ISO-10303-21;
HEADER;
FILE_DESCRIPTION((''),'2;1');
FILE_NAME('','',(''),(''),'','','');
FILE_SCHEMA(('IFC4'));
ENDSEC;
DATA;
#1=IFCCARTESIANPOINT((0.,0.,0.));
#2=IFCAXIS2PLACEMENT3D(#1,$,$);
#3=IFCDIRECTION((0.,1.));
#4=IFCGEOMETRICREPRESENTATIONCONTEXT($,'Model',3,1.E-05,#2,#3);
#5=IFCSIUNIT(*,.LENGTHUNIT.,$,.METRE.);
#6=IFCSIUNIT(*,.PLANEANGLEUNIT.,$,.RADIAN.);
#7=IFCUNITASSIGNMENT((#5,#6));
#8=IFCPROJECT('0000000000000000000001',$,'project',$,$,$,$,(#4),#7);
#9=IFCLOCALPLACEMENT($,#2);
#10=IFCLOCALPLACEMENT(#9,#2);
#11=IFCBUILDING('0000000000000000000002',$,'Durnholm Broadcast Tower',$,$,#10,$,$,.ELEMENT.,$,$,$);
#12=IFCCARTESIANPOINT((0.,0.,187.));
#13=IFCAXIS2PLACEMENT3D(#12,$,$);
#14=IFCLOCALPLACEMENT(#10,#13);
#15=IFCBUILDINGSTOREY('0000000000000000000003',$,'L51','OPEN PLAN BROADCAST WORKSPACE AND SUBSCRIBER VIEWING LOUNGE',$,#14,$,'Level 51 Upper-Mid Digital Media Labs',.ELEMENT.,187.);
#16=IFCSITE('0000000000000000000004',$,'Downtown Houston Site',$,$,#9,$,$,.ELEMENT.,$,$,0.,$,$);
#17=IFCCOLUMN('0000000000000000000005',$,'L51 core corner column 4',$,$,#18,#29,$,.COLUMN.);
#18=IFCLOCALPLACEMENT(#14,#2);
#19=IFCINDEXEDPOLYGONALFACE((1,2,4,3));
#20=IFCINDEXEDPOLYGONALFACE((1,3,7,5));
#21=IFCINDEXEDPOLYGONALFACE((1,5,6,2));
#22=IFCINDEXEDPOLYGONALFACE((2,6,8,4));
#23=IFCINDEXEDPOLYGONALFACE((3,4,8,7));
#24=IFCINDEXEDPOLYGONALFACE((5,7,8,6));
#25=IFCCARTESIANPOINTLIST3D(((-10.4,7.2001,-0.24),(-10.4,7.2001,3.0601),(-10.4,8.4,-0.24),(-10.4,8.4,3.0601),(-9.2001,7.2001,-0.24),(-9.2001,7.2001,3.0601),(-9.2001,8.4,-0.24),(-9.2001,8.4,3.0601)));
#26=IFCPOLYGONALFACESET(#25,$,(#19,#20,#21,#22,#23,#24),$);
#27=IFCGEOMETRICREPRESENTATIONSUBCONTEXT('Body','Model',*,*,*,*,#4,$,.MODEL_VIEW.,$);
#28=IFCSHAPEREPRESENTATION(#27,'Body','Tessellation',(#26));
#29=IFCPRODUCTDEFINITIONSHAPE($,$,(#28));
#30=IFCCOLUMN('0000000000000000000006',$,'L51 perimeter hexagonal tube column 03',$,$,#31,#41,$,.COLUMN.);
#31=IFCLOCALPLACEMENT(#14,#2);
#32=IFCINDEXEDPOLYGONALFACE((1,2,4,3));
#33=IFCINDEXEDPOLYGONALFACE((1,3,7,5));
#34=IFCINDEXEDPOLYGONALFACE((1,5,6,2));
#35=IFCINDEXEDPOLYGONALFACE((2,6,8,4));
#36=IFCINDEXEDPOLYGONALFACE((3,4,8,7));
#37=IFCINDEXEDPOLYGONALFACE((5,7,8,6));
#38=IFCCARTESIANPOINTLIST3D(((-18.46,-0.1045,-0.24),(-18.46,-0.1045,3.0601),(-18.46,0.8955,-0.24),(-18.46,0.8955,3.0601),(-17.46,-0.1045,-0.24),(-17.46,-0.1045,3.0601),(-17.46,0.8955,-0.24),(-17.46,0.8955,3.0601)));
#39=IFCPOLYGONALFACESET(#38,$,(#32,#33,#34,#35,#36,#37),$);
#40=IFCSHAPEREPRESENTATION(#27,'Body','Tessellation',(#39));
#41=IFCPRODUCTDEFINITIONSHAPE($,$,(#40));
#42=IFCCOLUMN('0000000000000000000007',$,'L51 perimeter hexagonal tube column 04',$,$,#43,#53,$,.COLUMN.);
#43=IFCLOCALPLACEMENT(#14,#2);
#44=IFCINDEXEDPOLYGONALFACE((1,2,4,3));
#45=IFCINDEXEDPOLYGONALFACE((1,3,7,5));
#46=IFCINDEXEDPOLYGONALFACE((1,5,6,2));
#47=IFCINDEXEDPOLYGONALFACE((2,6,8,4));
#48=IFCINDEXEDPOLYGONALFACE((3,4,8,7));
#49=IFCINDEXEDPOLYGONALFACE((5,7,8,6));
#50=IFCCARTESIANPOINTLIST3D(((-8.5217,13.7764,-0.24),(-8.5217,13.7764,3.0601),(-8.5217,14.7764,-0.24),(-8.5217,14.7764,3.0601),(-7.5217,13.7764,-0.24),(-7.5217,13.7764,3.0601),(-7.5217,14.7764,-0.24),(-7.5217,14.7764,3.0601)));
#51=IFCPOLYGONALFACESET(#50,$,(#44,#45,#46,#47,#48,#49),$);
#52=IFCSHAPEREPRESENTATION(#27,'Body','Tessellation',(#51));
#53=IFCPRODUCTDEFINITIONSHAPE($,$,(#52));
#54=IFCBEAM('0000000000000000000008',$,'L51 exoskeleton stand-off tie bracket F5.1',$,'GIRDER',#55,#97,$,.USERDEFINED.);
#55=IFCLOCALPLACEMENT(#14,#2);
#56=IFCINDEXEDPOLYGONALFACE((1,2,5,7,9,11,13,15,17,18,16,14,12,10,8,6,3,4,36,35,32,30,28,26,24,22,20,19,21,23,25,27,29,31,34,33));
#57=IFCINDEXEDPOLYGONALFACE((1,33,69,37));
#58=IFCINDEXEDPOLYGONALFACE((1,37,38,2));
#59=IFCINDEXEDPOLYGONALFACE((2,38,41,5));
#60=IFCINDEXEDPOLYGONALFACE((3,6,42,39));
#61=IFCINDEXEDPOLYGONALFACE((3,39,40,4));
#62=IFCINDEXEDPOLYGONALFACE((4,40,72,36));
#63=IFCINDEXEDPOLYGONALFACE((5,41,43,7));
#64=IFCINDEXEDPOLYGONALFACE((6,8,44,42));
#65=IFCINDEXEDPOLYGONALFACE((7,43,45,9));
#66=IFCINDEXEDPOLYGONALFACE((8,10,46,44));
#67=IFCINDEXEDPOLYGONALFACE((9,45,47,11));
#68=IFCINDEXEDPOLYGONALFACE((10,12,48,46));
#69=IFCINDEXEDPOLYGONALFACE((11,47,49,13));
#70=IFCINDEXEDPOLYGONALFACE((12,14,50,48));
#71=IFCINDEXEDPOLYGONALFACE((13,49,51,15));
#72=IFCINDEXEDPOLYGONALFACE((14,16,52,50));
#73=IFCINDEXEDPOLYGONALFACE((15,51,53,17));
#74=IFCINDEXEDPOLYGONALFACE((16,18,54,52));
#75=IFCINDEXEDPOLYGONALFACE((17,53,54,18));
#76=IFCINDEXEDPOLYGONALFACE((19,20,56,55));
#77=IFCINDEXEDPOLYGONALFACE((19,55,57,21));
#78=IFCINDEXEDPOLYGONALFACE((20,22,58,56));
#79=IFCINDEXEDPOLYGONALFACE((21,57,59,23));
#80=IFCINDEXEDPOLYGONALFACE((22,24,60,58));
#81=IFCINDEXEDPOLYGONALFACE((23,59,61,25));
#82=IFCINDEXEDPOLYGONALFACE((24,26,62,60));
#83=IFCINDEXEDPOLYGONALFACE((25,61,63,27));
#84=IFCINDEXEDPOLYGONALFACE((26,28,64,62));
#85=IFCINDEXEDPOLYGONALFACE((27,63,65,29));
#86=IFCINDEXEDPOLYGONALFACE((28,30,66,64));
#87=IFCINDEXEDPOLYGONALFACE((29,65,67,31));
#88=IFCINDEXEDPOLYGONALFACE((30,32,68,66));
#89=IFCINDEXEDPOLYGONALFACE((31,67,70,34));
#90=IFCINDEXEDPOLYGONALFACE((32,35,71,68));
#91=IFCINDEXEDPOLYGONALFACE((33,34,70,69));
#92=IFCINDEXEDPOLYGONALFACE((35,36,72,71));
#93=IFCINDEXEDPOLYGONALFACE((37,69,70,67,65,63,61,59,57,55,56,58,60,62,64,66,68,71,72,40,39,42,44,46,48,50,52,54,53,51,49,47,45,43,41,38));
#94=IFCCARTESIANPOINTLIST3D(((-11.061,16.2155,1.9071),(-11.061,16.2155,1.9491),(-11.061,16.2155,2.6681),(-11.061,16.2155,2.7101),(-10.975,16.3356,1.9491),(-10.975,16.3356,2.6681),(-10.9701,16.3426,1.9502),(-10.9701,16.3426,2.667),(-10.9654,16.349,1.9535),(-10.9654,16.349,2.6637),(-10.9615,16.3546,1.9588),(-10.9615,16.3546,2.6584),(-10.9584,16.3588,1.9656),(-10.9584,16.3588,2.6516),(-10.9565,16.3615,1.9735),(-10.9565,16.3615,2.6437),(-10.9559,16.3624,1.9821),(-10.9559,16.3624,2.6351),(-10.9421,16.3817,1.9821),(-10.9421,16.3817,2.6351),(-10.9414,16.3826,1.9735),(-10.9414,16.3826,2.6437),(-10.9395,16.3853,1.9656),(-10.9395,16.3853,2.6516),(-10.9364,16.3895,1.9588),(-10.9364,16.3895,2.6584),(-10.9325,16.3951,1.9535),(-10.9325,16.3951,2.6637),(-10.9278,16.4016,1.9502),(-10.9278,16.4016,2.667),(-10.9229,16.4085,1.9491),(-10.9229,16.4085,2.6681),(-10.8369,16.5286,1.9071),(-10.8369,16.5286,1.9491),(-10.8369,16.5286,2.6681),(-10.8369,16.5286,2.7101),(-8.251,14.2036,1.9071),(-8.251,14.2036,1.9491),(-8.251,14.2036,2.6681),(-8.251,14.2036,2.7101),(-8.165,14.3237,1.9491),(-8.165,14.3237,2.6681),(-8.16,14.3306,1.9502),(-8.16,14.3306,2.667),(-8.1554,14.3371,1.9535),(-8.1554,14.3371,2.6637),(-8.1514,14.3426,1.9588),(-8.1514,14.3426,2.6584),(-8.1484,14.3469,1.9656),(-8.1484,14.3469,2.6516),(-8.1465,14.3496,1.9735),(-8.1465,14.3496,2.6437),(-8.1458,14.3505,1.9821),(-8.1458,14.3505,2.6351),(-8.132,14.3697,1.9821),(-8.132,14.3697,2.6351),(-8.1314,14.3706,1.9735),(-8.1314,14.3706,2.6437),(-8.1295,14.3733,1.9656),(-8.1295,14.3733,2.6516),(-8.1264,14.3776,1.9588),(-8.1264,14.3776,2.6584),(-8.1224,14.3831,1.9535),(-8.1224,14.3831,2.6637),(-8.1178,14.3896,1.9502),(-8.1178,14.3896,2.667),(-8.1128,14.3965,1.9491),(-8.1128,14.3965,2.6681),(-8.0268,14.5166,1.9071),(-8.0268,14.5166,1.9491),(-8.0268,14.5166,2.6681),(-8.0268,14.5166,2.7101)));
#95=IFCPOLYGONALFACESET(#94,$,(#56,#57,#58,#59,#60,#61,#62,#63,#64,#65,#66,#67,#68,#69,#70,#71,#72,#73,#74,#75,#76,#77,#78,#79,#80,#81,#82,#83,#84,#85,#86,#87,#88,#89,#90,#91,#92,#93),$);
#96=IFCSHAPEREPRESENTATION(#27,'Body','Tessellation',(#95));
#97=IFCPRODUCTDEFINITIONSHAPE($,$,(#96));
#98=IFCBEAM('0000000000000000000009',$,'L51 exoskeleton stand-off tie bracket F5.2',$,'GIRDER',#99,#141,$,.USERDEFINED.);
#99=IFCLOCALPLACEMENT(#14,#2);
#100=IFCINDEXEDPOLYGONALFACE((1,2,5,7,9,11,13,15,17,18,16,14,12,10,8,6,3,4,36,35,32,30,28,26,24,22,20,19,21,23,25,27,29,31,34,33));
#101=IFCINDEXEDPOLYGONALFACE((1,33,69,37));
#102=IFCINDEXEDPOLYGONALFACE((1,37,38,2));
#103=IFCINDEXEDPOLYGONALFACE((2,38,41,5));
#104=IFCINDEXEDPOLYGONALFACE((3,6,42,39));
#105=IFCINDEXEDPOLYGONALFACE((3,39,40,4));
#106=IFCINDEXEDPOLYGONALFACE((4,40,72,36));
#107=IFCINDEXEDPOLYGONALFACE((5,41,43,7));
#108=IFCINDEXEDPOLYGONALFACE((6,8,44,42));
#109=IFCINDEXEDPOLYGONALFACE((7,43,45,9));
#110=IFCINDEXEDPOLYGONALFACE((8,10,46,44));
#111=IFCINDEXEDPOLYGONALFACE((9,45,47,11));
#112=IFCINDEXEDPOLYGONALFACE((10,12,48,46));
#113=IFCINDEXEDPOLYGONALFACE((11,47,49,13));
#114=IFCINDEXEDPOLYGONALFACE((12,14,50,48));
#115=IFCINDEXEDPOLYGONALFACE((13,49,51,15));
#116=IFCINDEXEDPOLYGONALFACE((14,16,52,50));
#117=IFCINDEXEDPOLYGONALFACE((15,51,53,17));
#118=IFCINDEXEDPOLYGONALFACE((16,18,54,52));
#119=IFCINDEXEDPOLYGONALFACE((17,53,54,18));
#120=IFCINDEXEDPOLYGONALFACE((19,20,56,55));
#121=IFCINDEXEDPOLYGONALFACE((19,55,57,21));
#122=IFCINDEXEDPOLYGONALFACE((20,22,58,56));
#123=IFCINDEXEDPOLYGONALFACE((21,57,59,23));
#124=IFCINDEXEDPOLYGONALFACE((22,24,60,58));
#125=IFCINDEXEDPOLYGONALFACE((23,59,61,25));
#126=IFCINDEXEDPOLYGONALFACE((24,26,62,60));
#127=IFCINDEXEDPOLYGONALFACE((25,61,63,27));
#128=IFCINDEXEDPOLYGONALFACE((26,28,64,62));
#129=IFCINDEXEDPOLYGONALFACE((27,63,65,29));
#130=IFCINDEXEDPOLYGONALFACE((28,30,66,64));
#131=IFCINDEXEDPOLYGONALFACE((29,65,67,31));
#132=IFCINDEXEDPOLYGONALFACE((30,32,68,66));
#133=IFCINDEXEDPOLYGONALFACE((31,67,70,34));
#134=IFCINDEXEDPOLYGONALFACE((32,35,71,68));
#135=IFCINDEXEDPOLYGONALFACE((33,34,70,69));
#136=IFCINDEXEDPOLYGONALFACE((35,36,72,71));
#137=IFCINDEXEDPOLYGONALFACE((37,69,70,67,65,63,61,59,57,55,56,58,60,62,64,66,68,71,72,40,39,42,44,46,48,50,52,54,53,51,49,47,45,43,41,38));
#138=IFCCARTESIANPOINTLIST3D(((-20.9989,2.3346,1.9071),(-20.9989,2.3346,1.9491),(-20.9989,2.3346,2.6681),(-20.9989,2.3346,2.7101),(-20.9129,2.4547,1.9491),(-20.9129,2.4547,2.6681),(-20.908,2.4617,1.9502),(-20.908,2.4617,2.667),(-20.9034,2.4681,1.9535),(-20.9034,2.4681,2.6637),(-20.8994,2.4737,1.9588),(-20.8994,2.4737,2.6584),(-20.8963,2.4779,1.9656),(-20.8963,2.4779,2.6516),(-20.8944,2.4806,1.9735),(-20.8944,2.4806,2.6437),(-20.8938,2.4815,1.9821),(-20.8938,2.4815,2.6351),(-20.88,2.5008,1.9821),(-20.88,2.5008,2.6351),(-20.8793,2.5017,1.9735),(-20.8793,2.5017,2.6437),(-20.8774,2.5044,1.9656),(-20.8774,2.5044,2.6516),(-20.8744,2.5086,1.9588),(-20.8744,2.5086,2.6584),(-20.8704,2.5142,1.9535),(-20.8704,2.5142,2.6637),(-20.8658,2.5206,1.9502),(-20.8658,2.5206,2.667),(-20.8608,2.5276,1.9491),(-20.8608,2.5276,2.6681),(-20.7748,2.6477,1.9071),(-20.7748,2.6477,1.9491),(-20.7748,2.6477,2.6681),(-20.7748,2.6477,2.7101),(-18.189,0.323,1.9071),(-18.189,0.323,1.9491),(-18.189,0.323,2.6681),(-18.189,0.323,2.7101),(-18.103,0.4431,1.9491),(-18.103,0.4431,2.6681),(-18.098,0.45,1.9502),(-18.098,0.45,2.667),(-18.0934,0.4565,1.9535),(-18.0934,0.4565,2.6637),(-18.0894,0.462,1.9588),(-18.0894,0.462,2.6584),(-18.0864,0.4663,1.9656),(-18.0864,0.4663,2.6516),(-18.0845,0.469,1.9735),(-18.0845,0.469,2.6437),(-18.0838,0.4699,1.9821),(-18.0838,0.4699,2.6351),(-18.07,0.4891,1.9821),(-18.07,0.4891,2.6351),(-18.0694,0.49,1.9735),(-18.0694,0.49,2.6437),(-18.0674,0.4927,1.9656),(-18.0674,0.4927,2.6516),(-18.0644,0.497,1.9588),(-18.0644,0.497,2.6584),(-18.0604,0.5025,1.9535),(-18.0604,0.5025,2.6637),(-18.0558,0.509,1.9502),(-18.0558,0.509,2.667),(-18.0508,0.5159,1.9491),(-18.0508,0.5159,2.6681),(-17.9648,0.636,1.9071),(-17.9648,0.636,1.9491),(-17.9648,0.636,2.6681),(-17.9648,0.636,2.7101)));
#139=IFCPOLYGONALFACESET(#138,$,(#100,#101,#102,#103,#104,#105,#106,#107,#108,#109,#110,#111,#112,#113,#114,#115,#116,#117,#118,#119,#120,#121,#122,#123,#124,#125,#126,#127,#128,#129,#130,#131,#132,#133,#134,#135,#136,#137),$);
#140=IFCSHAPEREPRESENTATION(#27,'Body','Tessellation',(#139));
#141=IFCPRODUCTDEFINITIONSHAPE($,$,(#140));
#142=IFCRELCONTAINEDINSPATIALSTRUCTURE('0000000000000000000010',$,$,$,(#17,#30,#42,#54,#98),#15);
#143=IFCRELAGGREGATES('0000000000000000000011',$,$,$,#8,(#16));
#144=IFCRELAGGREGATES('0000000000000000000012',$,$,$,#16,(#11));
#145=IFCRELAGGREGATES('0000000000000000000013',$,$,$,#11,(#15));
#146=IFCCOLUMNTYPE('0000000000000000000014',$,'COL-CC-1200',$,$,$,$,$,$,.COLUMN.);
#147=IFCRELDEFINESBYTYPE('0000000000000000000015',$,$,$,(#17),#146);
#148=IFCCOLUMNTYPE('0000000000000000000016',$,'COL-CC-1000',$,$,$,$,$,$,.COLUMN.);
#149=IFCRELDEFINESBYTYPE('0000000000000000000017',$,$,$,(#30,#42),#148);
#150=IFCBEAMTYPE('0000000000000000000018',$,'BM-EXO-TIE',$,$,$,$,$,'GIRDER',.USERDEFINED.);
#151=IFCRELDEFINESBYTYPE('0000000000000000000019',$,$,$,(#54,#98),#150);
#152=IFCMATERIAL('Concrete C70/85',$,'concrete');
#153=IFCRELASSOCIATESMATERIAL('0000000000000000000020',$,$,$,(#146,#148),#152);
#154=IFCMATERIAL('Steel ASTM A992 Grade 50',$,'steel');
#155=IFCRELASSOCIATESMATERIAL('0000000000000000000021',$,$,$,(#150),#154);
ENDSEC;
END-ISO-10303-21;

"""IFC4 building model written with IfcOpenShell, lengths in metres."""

from ifc_helpers import new_model, si_unit, direction, frame, origin, origin_2d, place, context, subcontext, project, spatial, rectangle, i_section, extrude, source, transform, mapped, material, material_profile, profile_set, type_object, type_shapes, element, save


model = new_model("IFC4")

# Units and contexts
model_context = context("Model", 3, precision=1e-05, world=origin(), true_north=direction((0.0, 1.0)))
body_context = subcontext(model_context, "Body", "Model", "MODEL_VIEW")
ifc_project = project(units=[si_unit("LENGTHUNIT", "METRE"), si_unit("PLANEANGLEUNIT", "RADIAN")], contexts=[model_context])

# Site, building, storey
site_placement = place(None, origin())
site = spatial("IfcSite", under=ifc_project, at=site_placement, Name="Downtown Houston Site", CompositionType="ELEMENT", RefElevation=0.0)
building_placement = place(site_placement, origin())
building = spatial("IfcBuilding", under=site, at=building_placement, Name="Durnholm Broadcast Tower", CompositionType="ELEMENT")
storey_placement = place(building_placement, frame((0.0, 0.0, 187.0)))
storey = spatial("IfcBuildingStorey", under=building, at=storey_placement, Name="L51", Description="OPEN PLAN BROADCAST WORKSPACE AND SUBSCRIBER VIEWING LOUNGE", LongName="Level 51 Upper-Mid Digital Media Labs", CompositionType="ELEMENT", Elevation=187.0)

# Columns
ifc_material_1 = material(Name="Concrete C70/85", Category="concrete")
ifc_material_profile_1 = material_profile(ifc_material_1, rectangle(XDim=1.2, YDim=1.2, at=origin_2d()), Name="RC1200X1200")
ifc_profile_set_1 = profile_set([ifc_material_profile_1], Name="Concrete C70/85")
column_type_1 = type_object("IfcColumnType", Name="COL-CC-1200", PredefinedType="COLUMN", material=ifc_profile_set_1)
shared_shape_1 = source(origin(), body_context, "Body", "SweptSolid", [
    extrude(rectangle(XDim=1.2, YDim=1.2, at=origin_2d()), origin(), (0.0, 0.0, 1.0), 3.3),
])
type_shapes(column_type_1, [shared_shape_1])
column_placement = place(storey_placement, frame((-9.8, 7.8, -0.24), z_axis=(0.0, 0.0, 1.0), x_axis=(1.0, 0.0, 0.0)))
element("IfcColumn", 1, at=column_placement, inside=storey, type_object=column_type_1, Name="L51 core corner column 4", PredefinedType="COLUMN", context=body_context, shape_type="MappedRepresentation", body=[
    mapped(shared_shape_1, transform((0.0, 0.0, 0.0), x_axis=(1.0, 0.0, 0.0), y_axis=(0.0, 1.0, 0.0), z_axis=(0.0, 0.0, 1.0), scale=1.0)),
])
ifc_material_profile_2 = material_profile(ifc_material_1, rectangle(XDim=1.0, YDim=1.0, at=origin_2d()), Name="RC1000X1000")
ifc_profile_set_2 = profile_set([ifc_material_profile_2], Name="Concrete C70/85")
column_type_2 = type_object("IfcColumnType", Name="COL-CC-1000", PredefinedType="COLUMN", material=ifc_profile_set_2)
shared_shape_2 = source(origin(), body_context, "Body", "SweptSolid", [
    extrude(rectangle(XDim=1.0, YDim=1.0, at=origin_2d()), origin(), (0.0, 0.0, 1.0), 3.3),
])
type_shapes(column_type_2, [shared_shape_2])
for number, where, z_axis, x_axis, name in (
    (2, (-17.96, 0.3955, -0.24), (0.0, 0.0, 1.0), (1.0, 0.0, 0.0), "L51 perimeter hexagonal tube column 03"),
    (3, (-8.0217, 14.2764, -0.24), (0.0, 0.0, 1.0), (1.0, 0.0, 0.0), "L51 perimeter hexagonal tube column 04"),
):
    element("IfcColumn", number, at=place(storey_placement, frame(where, z_axis=z_axis, x_axis=x_axis)), inside=storey, type_object=column_type_2, Name=name, PredefinedType="COLUMN", context=body_context, shape_type="MappedRepresentation", body=[
        mapped(shared_shape_2, transform((0.0, 0.0, 0.0), x_axis=(1.0, 0.0, 0.0), y_axis=(0.0, 1.0, 0.0), z_axis=(0.0, 0.0, 1.0), scale=1.0)),
    ])

# Beams
ifc_material_2 = material(Name="Steel ASTM A992 Grade 50", Category="steel")
ifc_material_profile_3 = material_profile(ifc_material_2, i_section(OverallWidth=0.385, OverallDepth=0.803, WebThickness=0.0237, FlangeThickness=0.042, FilletRadius=0.033, at=origin_2d()), Name="W30X261")
ifc_profile_set_3 = profile_set([ifc_material_profile_3], Name="Steel ASTM A992 Grade 50")
beam_type_1 = type_object("IfcBeamType", Name="BM-EXO-TIE", ElementType="GIRDER", PredefinedType="USERDEFINED", material=ifc_profile_set_3)
shared_shape_3 = source(origin(), body_context, "Body", "SweptSolid", [
    extrude(i_section(OverallWidth=0.385, OverallDepth=0.803, WebThickness=0.0237, FlangeThickness=0.042, FilletRadius=0.033, at=origin_2d()), origin(), (0.0, 0.0, 1.0), 3.4561),
])
beam_1_placement = place(storey_placement, frame((-8.1389, 14.3601, 2.3086), z_axis=(-0.813079, 0.582153, 0.0), x_axis=(-0.582153, -0.813079, 0.0)))
element("IfcBeam", 4, at=beam_1_placement, inside=storey, type_object=beam_type_1, Name="L51 exoskeleton stand-off tie bracket F5.1", ObjectType="GIRDER", PredefinedType="USERDEFINED", context=body_context, shape_type="MappedRepresentation", body=[
    mapped(shared_shape_3, transform((0.0, 0.0, 0.0), x_axis=(1.0, 0.0, 0.0), y_axis=(0.0, 1.0, 0.0), z_axis=(0.0, 0.0, 1.0), scale=1.0)),
])
shared_shape_4 = source(origin(), body_context, "Body", "SweptSolid", [
    extrude(i_section(OverallWidth=0.385, OverallDepth=0.803, WebThickness=0.0237, FlangeThickness=0.042, FilletRadius=0.033, at=origin_2d()), origin(), (0.0, 0.0, 1.0), 3.4558),
])
beam_2_placement = place(storey_placement, frame((-18.0769, 0.4795, 2.3086), z_axis=(-0.813112, 0.582107, 0.0), x_axis=(-0.582107, -0.813112, 0.0)))
element("IfcBeam", 5, at=beam_2_placement, inside=storey, type_object=beam_type_1, Name="L51 exoskeleton stand-off tie bracket F5.2", ObjectType="GIRDER", PredefinedType="USERDEFINED", context=body_context, shape_type="MappedRepresentation", body=[
    mapped(shared_shape_4, transform((0.0, 0.0, 0.0), x_axis=(1.0, 0.0, 0.0), y_axis=(0.0, 1.0, 0.0), z_axis=(0.0, 0.0, 1.0), scale=1.0)),
])

save(model, "model.ifc")
